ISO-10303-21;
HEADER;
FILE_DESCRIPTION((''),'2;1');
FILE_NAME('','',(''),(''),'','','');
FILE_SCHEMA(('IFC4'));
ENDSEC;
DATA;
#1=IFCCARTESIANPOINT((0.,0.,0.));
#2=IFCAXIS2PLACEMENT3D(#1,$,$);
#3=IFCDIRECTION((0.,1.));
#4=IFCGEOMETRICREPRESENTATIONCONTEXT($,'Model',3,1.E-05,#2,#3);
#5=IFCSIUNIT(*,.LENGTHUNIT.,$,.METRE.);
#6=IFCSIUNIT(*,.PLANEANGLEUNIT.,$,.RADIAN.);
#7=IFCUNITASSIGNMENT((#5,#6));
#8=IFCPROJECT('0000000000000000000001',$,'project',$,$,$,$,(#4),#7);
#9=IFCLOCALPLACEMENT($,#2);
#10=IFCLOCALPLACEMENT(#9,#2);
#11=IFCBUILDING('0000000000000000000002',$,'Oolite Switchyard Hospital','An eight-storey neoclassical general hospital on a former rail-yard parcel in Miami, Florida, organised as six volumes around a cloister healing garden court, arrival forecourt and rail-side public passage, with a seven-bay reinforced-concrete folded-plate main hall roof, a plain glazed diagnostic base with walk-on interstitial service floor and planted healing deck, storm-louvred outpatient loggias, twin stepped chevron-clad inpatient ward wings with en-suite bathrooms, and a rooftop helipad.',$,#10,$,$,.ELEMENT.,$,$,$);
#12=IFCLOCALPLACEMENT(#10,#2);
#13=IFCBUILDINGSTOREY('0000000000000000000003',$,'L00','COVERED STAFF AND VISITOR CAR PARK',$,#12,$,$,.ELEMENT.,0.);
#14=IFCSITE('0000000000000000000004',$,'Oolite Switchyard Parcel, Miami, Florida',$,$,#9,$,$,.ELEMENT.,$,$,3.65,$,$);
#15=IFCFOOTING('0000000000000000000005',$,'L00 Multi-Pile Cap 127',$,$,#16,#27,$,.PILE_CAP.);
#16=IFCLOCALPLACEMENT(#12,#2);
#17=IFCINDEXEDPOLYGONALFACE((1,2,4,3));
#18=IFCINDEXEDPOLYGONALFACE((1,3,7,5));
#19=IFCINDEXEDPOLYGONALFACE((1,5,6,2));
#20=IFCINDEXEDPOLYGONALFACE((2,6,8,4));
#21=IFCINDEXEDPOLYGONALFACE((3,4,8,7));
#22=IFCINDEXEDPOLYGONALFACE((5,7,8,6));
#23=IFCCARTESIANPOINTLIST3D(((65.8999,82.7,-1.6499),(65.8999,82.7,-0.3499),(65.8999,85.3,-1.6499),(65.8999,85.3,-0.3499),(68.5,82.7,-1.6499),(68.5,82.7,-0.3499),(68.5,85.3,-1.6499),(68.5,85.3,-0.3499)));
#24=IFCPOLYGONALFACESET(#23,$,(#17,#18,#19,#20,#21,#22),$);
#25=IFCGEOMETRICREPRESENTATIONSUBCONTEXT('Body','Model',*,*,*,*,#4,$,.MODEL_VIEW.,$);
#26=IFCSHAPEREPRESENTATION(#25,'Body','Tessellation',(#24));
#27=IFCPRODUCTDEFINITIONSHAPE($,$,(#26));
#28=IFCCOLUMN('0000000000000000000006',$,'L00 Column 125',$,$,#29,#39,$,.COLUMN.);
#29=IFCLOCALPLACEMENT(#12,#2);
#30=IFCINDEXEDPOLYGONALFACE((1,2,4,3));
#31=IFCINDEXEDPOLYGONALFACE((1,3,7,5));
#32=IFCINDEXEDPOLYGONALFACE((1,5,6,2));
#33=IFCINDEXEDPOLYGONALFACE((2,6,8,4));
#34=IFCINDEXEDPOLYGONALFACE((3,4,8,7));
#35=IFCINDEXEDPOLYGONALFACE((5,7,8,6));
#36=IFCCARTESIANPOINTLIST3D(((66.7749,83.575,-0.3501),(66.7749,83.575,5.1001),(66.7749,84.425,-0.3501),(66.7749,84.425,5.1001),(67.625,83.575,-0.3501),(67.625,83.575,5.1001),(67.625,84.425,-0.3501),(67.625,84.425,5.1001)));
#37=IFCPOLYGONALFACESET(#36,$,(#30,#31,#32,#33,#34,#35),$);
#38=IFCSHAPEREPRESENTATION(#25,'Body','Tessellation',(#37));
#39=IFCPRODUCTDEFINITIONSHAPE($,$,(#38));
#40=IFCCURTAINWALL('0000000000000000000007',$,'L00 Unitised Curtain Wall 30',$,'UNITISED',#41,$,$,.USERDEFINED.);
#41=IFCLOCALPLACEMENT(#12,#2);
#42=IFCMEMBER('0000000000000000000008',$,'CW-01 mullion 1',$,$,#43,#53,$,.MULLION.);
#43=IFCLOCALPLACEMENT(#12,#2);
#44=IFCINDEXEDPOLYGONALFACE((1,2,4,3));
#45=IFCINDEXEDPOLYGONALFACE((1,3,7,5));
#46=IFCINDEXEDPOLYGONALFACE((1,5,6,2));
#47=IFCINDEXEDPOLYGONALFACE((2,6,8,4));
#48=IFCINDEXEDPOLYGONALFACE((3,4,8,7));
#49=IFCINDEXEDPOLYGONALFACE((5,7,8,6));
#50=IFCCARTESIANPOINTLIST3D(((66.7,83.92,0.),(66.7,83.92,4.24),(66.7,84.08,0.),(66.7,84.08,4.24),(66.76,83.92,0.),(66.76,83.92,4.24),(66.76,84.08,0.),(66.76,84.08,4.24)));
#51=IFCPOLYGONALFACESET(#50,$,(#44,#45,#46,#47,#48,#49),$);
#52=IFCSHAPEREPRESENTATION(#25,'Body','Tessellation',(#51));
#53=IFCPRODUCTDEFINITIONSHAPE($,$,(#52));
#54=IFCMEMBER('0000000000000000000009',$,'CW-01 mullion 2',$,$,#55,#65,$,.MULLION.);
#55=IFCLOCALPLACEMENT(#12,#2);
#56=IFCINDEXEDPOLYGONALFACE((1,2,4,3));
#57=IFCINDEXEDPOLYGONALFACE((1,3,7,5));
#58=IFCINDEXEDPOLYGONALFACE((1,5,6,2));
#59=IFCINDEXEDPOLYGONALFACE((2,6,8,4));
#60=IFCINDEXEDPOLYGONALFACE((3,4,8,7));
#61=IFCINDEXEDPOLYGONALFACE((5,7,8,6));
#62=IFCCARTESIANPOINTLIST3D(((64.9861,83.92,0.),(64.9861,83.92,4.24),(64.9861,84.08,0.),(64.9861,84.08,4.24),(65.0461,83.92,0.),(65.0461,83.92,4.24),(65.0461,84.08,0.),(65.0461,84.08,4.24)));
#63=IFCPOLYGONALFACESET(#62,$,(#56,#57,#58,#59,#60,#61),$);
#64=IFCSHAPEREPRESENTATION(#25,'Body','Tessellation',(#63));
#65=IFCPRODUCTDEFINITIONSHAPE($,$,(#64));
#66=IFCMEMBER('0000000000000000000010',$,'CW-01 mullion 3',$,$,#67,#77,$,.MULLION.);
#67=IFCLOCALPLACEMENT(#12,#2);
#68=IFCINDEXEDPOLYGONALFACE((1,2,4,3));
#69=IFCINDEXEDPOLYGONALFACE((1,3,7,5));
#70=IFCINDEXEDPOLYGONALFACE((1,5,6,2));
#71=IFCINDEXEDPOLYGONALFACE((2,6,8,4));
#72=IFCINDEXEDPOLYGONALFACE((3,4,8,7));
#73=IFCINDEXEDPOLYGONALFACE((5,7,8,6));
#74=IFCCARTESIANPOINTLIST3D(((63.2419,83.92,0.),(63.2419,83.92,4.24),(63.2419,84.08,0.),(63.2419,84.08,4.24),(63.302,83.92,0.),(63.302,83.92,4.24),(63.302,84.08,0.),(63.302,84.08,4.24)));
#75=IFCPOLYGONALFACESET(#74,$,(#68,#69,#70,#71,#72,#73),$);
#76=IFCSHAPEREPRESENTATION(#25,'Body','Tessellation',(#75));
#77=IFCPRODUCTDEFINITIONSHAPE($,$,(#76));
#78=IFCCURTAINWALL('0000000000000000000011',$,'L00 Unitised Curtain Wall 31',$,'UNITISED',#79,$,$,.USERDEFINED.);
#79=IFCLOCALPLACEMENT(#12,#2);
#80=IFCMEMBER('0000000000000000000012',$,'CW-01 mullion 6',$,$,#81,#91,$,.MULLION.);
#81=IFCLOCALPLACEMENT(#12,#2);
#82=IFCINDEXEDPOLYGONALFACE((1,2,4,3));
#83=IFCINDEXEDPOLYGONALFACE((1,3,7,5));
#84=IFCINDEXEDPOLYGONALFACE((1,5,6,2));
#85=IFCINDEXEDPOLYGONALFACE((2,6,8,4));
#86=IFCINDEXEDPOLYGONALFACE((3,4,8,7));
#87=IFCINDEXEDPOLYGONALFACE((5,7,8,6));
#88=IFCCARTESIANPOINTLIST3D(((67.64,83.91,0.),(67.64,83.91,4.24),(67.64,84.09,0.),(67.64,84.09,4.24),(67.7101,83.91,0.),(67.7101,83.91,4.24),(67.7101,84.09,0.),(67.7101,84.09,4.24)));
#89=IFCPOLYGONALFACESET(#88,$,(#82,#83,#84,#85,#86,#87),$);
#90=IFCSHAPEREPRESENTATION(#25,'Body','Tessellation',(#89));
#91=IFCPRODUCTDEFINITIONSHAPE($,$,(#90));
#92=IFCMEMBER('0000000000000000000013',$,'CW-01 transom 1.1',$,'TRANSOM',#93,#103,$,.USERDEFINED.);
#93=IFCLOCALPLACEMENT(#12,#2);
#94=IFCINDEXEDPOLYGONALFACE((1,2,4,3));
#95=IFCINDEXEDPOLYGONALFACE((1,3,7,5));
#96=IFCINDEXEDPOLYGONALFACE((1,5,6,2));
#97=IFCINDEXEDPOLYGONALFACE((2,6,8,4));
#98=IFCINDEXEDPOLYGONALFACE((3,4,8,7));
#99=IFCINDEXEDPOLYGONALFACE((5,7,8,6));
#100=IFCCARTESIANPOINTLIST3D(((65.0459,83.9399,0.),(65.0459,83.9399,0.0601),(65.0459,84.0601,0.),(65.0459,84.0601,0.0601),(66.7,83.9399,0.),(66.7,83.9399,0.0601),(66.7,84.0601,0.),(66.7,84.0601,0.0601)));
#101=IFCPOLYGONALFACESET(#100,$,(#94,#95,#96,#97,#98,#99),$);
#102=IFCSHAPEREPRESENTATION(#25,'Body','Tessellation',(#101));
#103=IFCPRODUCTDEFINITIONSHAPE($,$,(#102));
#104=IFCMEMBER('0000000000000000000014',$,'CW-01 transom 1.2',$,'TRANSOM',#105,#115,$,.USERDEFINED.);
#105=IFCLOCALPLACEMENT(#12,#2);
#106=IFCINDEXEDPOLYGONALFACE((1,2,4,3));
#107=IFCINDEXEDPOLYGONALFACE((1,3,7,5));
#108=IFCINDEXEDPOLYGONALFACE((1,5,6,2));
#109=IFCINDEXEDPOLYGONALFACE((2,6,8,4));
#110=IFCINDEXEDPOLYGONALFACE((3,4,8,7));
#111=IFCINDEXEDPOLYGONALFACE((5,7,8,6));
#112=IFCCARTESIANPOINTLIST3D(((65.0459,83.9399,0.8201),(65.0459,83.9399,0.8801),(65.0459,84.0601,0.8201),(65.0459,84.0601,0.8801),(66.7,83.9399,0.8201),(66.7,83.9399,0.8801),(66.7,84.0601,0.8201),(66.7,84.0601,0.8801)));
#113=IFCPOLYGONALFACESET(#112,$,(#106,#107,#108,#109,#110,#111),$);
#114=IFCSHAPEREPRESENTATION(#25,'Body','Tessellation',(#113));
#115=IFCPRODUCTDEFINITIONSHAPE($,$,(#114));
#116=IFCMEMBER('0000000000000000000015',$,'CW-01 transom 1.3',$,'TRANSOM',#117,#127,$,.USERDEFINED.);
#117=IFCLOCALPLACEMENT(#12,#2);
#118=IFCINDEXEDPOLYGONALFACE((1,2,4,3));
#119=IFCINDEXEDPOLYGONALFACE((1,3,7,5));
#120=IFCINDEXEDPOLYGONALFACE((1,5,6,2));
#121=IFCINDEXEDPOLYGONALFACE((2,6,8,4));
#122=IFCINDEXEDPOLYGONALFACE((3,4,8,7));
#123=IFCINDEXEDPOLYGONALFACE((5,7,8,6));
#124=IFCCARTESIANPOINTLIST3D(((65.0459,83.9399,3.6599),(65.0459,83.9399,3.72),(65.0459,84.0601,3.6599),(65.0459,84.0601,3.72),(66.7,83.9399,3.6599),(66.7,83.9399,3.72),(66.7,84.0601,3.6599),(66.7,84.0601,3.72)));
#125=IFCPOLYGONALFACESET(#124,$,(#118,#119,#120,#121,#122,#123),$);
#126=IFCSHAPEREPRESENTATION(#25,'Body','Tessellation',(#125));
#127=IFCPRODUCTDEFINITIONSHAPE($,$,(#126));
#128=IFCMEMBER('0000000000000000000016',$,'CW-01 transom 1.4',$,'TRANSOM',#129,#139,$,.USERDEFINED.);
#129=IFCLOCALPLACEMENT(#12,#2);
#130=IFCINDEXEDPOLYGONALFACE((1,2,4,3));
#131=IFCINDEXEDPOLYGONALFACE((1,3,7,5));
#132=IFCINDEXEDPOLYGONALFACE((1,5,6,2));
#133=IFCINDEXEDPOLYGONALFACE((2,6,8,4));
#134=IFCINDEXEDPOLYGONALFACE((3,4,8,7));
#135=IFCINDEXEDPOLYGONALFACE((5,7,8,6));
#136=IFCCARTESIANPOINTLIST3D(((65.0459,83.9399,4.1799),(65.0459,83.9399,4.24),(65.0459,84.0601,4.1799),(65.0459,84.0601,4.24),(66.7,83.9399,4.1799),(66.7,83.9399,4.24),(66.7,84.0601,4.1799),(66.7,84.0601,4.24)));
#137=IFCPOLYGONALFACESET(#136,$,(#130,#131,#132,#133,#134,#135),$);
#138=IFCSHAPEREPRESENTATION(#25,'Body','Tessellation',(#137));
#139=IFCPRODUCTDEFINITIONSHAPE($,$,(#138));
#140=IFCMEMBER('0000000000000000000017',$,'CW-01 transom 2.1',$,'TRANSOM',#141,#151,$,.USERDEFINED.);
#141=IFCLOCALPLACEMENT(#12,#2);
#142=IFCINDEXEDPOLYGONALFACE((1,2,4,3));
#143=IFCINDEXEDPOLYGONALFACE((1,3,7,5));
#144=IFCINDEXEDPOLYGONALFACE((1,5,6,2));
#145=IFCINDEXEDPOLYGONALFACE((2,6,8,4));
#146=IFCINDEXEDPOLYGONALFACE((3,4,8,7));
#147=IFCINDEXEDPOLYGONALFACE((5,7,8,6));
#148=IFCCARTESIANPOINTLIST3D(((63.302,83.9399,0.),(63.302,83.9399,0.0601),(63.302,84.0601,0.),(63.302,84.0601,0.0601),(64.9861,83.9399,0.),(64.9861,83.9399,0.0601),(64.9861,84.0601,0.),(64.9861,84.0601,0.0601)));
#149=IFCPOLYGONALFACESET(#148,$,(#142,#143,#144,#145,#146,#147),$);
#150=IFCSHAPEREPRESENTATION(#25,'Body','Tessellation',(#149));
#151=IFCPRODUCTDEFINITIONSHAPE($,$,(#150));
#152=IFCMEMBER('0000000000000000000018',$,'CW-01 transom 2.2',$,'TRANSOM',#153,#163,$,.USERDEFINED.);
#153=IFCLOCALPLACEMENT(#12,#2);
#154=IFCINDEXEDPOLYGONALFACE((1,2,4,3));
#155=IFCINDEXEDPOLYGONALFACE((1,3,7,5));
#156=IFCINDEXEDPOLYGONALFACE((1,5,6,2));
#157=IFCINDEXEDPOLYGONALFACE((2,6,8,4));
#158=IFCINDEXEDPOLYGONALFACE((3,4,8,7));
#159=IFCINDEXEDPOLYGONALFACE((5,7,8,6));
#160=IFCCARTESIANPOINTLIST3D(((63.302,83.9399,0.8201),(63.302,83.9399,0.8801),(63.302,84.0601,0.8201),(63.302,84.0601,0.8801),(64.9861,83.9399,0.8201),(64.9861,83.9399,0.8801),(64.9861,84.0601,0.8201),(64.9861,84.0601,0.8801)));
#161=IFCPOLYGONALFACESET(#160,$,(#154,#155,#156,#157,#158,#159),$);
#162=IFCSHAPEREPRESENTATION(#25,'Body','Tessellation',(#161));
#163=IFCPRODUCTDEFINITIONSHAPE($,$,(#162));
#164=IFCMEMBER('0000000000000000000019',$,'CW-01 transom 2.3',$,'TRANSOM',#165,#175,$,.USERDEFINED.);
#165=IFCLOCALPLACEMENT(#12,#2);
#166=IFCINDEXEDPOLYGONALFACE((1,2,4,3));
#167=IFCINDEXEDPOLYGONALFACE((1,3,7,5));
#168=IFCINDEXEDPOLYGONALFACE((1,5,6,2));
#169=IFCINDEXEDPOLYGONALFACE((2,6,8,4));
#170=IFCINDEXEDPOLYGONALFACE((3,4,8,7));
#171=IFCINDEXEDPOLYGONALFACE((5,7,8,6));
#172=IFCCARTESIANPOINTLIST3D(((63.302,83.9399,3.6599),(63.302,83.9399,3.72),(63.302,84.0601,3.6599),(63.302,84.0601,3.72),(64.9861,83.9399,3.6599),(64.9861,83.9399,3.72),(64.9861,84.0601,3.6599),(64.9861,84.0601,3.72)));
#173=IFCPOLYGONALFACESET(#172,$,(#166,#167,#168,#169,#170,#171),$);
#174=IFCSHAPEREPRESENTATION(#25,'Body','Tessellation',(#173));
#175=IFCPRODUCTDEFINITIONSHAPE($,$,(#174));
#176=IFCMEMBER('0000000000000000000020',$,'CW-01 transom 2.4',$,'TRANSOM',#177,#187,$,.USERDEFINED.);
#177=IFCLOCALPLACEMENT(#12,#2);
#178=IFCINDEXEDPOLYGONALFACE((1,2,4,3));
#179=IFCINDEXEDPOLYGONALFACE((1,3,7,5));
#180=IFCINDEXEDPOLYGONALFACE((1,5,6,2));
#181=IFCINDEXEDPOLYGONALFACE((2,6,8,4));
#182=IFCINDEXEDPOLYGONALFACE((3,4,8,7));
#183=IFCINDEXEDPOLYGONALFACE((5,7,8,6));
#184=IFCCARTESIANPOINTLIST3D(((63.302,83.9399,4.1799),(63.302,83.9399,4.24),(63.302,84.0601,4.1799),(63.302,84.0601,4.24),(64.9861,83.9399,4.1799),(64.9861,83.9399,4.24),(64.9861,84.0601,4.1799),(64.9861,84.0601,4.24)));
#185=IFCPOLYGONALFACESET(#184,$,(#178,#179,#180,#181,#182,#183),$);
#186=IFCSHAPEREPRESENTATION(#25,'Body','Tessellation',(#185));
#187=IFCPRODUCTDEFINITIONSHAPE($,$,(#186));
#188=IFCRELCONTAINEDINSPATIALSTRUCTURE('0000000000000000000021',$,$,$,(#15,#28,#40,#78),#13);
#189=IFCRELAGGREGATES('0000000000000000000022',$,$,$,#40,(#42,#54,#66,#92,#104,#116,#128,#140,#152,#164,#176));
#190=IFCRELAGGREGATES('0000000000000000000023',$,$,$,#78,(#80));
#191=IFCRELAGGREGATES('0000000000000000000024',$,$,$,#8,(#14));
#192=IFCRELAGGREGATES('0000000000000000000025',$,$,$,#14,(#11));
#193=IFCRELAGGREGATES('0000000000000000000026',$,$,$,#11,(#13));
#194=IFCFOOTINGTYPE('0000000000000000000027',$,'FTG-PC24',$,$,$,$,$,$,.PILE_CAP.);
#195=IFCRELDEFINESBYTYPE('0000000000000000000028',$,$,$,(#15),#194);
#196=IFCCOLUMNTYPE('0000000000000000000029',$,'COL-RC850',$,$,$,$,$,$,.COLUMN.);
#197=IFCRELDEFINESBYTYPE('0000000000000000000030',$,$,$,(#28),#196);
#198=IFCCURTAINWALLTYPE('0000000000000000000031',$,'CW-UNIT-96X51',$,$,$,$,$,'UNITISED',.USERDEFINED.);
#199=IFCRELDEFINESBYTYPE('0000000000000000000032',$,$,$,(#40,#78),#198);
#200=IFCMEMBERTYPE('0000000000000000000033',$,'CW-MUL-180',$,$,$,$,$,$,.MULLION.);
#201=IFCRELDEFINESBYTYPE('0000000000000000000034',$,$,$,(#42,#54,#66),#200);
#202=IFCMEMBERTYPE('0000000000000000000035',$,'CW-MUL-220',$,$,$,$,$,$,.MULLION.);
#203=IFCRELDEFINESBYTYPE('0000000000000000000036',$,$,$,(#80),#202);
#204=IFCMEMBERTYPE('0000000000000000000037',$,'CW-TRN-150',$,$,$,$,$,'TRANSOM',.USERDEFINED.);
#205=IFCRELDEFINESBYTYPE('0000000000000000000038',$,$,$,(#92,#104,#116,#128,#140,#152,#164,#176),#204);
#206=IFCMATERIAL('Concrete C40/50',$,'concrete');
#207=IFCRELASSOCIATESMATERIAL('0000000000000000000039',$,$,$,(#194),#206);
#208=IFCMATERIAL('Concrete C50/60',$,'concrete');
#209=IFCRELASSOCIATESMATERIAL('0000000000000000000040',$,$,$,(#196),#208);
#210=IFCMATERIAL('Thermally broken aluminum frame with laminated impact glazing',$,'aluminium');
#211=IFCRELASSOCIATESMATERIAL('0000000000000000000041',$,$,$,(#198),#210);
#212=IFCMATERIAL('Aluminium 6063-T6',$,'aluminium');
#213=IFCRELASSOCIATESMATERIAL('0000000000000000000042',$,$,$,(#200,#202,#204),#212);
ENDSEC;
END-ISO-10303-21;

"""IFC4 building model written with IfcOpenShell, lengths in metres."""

from ifc_helpers import new_model, si_unit, direction, frame, origin, origin_2d, place, context, subcontext, project, spatial, rectangle, extrude, material, material_profile, profile_set, type_object, element, aggregate, save


model = new_model("IFC4")

# Units and contexts
model_context = context("Model", 3, precision=1e-05, world=origin(), true_north=direction((0.0, 1.0)))
body_context = subcontext(model_context, "Body", "Model", "MODEL_VIEW")
ifc_project = project(units=[si_unit("LENGTHUNIT", "METRE"), si_unit("PLANEANGLEUNIT", "RADIAN")], contexts=[model_context])

# Site, building, storey
site_placement = place(None, origin())
site = spatial("IfcSite", under=ifc_project, at=site_placement, Name="Oolite Switchyard Parcel, Miami, Florida", CompositionType="ELEMENT", RefElevation=3.65)
building_placement = place(site_placement, origin())
building = spatial("IfcBuilding", under=site, at=building_placement, Name="Oolite Switchyard Hospital", Description="An eight-storey neoclassical general hospital on a former rail-yard parcel in Miami, Florida, organised as six volumes around a cloister healing garden court, arrival forecourt and rail-side public passage, with a seven-bay reinforced-concrete folded-plate main hall roof, a plain glazed diagnostic base with walk-on interstitial service floor and planted healing deck, storm-louvred outpatient loggias, twin stepped chevron-clad inpatient ward wings with en-suite bathrooms, and a rooftop helipad.", CompositionType="ELEMENT")
storey_placement = place(building_placement, origin())
storey = spatial("IfcBuildingStorey", under=building, at=storey_placement, Name="L00", Description="COVERED STAFF AND VISITOR CAR PARK", CompositionType="ELEMENT", Elevation=0.0)

# Footing
ifc_material_1 = material(Name="Concrete C40/50", Category="concrete")
footing_type = type_object("IfcFootingType", Name="FTG-PC24", PredefinedType="PILE_CAP", material=ifc_material_1)
footing_placement = place(storey_placement, frame((67.2, 84.0, -1.6499), z_axis=(0.0, 0.0, 1.0), x_axis=(1.0, 0.0, 0.0)))
element("IfcFooting", 1, at=footing_placement, inside=storey, type_object=footing_type, Name="L00 Multi-Pile Cap 127", PredefinedType="PILE_CAP", context=body_context, shape_type="SweptSolid", body=[
    extrude(rectangle(XDim=2.6001, YDim=2.6001, at=origin_2d()), origin(), (0.0, 0.0, 1.0), 1.3),
])

# Column
ifc_material_2 = material(Name="Concrete C50/60", Category="concrete")
ifc_material_profile_1 = material_profile(ifc_material_2, rectangle(XDim=0.8501, YDim=0.8501, at=origin_2d()), Name="RC850X850")
ifc_profile_set_1 = profile_set([ifc_material_profile_1], Name="Concrete C50/60")
column_type = type_object("IfcColumnType", Name="COL-RC850", PredefinedType="COLUMN", material=ifc_profile_set_1)
column_placement = place(storey_placement, frame((67.2, 84.0, -0.3501), z_axis=(0.0, 0.0, 1.0), x_axis=(1.0, 0.0, 0.0)))
element("IfcColumn", 2, at=column_placement, inside=storey, type_object=column_type, Name="L00 Column 125", PredefinedType="COLUMN", context=body_context, shape_type="SweptSolid", body=[
    extrude(rectangle(XDim=0.8501, YDim=0.8501, at=origin_2d()), origin(), (0.0, 0.0, 1.0), 5.4502),
])

# Curtain wall, members
ifc_material_3 = material(Name="Thermally broken aluminum frame with laminated impact glazing", Category="aluminium")
curtain_wall_type = type_object("IfcCurtainWallType", Name="CW-UNIT-96X51", ElementType="UNITISED", PredefinedType="USERDEFINED", material=ifc_material_3)
curtain_wall_1_placement = place(storey_placement, origin())
curtain_wall_1 = element("IfcCurtainWall", 3, at=curtain_wall_1_placement, inside=storey, type_object=curtain_wall_type, Name="L00 Unitised Curtain Wall 30", ObjectType="UNITISED", PredefinedType="USERDEFINED")
ifc_material_4 = material(Name="Aluminium 6063-T6", Category="aluminium")
ifc_material_profile_2 = material_profile(ifc_material_4, rectangle(XDim=0.1599, YDim=0.0601, at=origin_2d()), Name="CWM60X160")
ifc_profile_set_2 = profile_set([ifc_material_profile_2], Name="Aluminium 6063-T6")
member_type_1 = type_object("IfcMemberType", Name="CW-MUL-180", PredefinedType="MULLION", material=ifc_profile_set_2)
member_1_placement = place(storey_placement, frame((66.73, 84.0, 0.0), z_axis=(0.0, 0.0, 1.0), x_axis=(0.0, -1.0, 0.0)))
member_1 = element("IfcMember", 4, at=member_1_placement, type_object=member_type_1, Name="CW-01 mullion 1", PredefinedType="MULLION", context=body_context, shape_type="SweptSolid", body=[
    extrude(rectangle(XDim=0.1599, YDim=0.0601, at=origin_2d()), origin(), (0.0, 0.0, 1.0), 4.24),
])
member_2_placement = place(storey_placement, frame((65.0161, 84.0, 0.0), z_axis=(0.0, 0.0, 1.0), x_axis=(0.0, -1.0, 0.0)))
member_2 = element("IfcMember", 5, at=member_2_placement, type_object=member_type_1, Name="CW-01 mullion 2", PredefinedType="MULLION", context=body_context, shape_type="SweptSolid", body=[
    extrude(rectangle(XDim=0.1599, YDim=0.0601, at=origin_2d()), origin(), (0.0, 0.0, 1.0), 4.24),
])
member_3_placement = place(storey_placement, frame((63.272, 84.0, 0.0), z_axis=(0.0, 0.0, 1.0), x_axis=(0.0, -1.0, 0.0)))
member_3 = element("IfcMember", 6, at=member_3_placement, type_object=member_type_1, Name="CW-01 mullion 3", PredefinedType="MULLION", context=body_context, shape_type="SweptSolid", body=[
    extrude(rectangle(XDim=0.1599, YDim=0.0601, at=origin_2d()), origin(), (0.0, 0.0, 1.0), 4.24),
])

# Curtain wall, member
curtain_wall_2_placement = place(storey_placement, origin())
curtain_wall_2 = element("IfcCurtainWall", 7, at=curtain_wall_2_placement, inside=storey, type_object=curtain_wall_type, Name="L00 Unitised Curtain Wall 31", ObjectType="UNITISED", PredefinedType="USERDEFINED")
ifc_material_profile_3 = material_profile(ifc_material_4, rectangle(XDim=0.1799, YDim=0.0701, at=origin_2d()), Name="CWM70X180")
ifc_profile_set_3 = profile_set([ifc_material_profile_3], Name="Aluminium 6063-T6")
member_type_2 = type_object("IfcMemberType", Name="CW-MUL-220", PredefinedType="MULLION", material=ifc_profile_set_3)
member_4_placement = place(storey_placement, frame((67.675, 84.0, 0.0), z_axis=(0.0, 0.0, 1.0), x_axis=(0.0, -1.0, 0.0)))
member_4 = element("IfcMember", 8, at=member_4_placement, type_object=member_type_2, Name="CW-01 mullion 6", PredefinedType="MULLION", context=body_context, shape_type="SweptSolid", body=[
    extrude(rectangle(XDim=0.1799, YDim=0.0701, at=origin_2d()), origin(), (0.0, 0.0, 1.0), 4.24),
])

# Members
ifc_material_profile_4 = material_profile(ifc_material_4, rectangle(XDim=0.1201, YDim=0.0601, at=origin_2d()), Name="CWT60X120")
ifc_profile_set_4 = profile_set([ifc_material_profile_4], Name="Aluminium 6063-T6")
member_type_3 = type_object("IfcMemberType", Name="CW-TRN-150", ElementType="TRANSOM", PredefinedType="USERDEFINED", material=ifc_profile_set_4)
member_5_placement = place(storey_placement, frame((66.7, 84.0, 0.03), z_axis=(-1.0, 0.0, 0.0), x_axis=(0.0, -1.0, 0.0)))
member_5 = element("IfcMember", 9, at=member_5_placement, type_object=member_type_3, Name="CW-01 transom 1.1", ObjectType="TRANSOM", PredefinedType="USERDEFINED", context=body_context, shape_type="SweptSolid", body=[
    extrude(rectangle(XDim=0.1201, YDim=0.0601, at=origin_2d()), origin(), (0.0, 0.0, 1.0), 1.6541),
])
member_6_placement = place(storey_placement, frame((66.7, 84.0, 0.8501), z_axis=(-1.0, 0.0, 0.0), x_axis=(0.0, -1.0, 0.0)))
member_6 = element("IfcMember", 10, at=member_6_placement, type_object=member_type_3, Name="CW-01 transom 1.2", ObjectType="TRANSOM", PredefinedType="USERDEFINED", context=body_context, shape_type="SweptSolid", body=[
    extrude(rectangle(XDim=0.1201, YDim=0.0601, at=origin_2d()), origin(), (0.0, 0.0, 1.0), 1.6541),
])
member_7_placement = place(storey_placement, frame((66.7, 84.0, 3.6899), z_axis=(-1.0, 0.0, 0.0), x_axis=(0.0, -1.0, 0.0)))
member_7 = element("IfcMember", 11, at=member_7_placement, type_object=member_type_3, Name="CW-01 transom 1.3", ObjectType="TRANSOM", PredefinedType="USERDEFINED", context=body_context, shape_type="SweptSolid", body=[
    extrude(rectangle(XDim=0.1201, YDim=0.0601, at=origin_2d()), origin(), (0.0, 0.0, 1.0), 1.6541),
])
member_8_placement = place(storey_placement, frame((66.7, 84.0, 4.21), z_axis=(-1.0, 0.0, 0.0), x_axis=(0.0, -1.0, 0.0)))
member_8 = element("IfcMember", 12, at=member_8_placement, type_object=member_type_3, Name="CW-01 transom 1.4", ObjectType="TRANSOM", PredefinedType="USERDEFINED", context=body_context, shape_type="SweptSolid", body=[
    extrude(rectangle(XDim=0.1201, YDim=0.0601, at=origin_2d()), origin(), (0.0, 0.0, 1.0), 1.6541),
])
member_9_placement = place(storey_placement, frame((64.9861, 84.0, 0.03), z_axis=(-1.0, 0.0, 0.0), x_axis=(0.0, -1.0, 0.0)))
member_9 = element("IfcMember", 13, at=member_9_placement, type_object=member_type_3, Name="CW-01 transom 2.1", ObjectType="TRANSOM", PredefinedType="USERDEFINED", context=body_context, shape_type="SweptSolid", body=[
    extrude(rectangle(XDim=0.1201, YDim=0.0601, at=origin_2d()), origin(), (0.0, 0.0, 1.0), 1.6841),
])
member_10_placement = place(storey_placement, frame((64.9861, 84.0, 0.8501), z_axis=(-1.0, 0.0, 0.0), x_axis=(0.0, -1.0, 0.0)))
member_10 = element("IfcMember", 14, at=member_10_placement, type_object=member_type_3, Name="CW-01 transom 2.2", ObjectType="TRANSOM", PredefinedType="USERDEFINED", context=body_context, shape_type="SweptSolid", body=[
    extrude(rectangle(XDim=0.1201, YDim=0.0601, at=origin_2d()), origin(), (0.0, 0.0, 1.0), 1.6841),
])
member_11_placement = place(storey_placement, frame((64.9861, 84.0, 3.6899), z_axis=(-1.0, 0.0, 0.0), x_axis=(0.0, -1.0, 0.0)))
member_11 = element("IfcMember", 15, at=member_11_placement, type_object=member_type_3, Name="CW-01 transom 2.3", ObjectType="TRANSOM", PredefinedType="USERDEFINED", context=body_context, shape_type="SweptSolid", body=[
    extrude(rectangle(XDim=0.1201, YDim=0.0601, at=origin_2d()), origin(), (0.0, 0.0, 1.0), 1.6841),
])
member_12_placement = place(storey_placement, frame((64.9861, 84.0, 4.21), z_axis=(-1.0, 0.0, 0.0), x_axis=(0.0, -1.0, 0.0)))
member_12 = element("IfcMember", 16, at=member_12_placement, type_object=member_type_3, Name="CW-01 transom 2.4", ObjectType="TRANSOM", PredefinedType="USERDEFINED", context=body_context, shape_type="SweptSolid", body=[
    extrude(rectangle(XDim=0.1201, YDim=0.0601, at=origin_2d()), origin(), (0.0, 0.0, 1.0), 1.6841),
])

aggregate(curtain_wall_1, [member_1, member_2, member_3, member_5, member_6, member_7, member_8, member_9, member_10, member_11, member_12])
aggregate(curtain_wall_2, [member_4])

save(model, "model.ifc")
